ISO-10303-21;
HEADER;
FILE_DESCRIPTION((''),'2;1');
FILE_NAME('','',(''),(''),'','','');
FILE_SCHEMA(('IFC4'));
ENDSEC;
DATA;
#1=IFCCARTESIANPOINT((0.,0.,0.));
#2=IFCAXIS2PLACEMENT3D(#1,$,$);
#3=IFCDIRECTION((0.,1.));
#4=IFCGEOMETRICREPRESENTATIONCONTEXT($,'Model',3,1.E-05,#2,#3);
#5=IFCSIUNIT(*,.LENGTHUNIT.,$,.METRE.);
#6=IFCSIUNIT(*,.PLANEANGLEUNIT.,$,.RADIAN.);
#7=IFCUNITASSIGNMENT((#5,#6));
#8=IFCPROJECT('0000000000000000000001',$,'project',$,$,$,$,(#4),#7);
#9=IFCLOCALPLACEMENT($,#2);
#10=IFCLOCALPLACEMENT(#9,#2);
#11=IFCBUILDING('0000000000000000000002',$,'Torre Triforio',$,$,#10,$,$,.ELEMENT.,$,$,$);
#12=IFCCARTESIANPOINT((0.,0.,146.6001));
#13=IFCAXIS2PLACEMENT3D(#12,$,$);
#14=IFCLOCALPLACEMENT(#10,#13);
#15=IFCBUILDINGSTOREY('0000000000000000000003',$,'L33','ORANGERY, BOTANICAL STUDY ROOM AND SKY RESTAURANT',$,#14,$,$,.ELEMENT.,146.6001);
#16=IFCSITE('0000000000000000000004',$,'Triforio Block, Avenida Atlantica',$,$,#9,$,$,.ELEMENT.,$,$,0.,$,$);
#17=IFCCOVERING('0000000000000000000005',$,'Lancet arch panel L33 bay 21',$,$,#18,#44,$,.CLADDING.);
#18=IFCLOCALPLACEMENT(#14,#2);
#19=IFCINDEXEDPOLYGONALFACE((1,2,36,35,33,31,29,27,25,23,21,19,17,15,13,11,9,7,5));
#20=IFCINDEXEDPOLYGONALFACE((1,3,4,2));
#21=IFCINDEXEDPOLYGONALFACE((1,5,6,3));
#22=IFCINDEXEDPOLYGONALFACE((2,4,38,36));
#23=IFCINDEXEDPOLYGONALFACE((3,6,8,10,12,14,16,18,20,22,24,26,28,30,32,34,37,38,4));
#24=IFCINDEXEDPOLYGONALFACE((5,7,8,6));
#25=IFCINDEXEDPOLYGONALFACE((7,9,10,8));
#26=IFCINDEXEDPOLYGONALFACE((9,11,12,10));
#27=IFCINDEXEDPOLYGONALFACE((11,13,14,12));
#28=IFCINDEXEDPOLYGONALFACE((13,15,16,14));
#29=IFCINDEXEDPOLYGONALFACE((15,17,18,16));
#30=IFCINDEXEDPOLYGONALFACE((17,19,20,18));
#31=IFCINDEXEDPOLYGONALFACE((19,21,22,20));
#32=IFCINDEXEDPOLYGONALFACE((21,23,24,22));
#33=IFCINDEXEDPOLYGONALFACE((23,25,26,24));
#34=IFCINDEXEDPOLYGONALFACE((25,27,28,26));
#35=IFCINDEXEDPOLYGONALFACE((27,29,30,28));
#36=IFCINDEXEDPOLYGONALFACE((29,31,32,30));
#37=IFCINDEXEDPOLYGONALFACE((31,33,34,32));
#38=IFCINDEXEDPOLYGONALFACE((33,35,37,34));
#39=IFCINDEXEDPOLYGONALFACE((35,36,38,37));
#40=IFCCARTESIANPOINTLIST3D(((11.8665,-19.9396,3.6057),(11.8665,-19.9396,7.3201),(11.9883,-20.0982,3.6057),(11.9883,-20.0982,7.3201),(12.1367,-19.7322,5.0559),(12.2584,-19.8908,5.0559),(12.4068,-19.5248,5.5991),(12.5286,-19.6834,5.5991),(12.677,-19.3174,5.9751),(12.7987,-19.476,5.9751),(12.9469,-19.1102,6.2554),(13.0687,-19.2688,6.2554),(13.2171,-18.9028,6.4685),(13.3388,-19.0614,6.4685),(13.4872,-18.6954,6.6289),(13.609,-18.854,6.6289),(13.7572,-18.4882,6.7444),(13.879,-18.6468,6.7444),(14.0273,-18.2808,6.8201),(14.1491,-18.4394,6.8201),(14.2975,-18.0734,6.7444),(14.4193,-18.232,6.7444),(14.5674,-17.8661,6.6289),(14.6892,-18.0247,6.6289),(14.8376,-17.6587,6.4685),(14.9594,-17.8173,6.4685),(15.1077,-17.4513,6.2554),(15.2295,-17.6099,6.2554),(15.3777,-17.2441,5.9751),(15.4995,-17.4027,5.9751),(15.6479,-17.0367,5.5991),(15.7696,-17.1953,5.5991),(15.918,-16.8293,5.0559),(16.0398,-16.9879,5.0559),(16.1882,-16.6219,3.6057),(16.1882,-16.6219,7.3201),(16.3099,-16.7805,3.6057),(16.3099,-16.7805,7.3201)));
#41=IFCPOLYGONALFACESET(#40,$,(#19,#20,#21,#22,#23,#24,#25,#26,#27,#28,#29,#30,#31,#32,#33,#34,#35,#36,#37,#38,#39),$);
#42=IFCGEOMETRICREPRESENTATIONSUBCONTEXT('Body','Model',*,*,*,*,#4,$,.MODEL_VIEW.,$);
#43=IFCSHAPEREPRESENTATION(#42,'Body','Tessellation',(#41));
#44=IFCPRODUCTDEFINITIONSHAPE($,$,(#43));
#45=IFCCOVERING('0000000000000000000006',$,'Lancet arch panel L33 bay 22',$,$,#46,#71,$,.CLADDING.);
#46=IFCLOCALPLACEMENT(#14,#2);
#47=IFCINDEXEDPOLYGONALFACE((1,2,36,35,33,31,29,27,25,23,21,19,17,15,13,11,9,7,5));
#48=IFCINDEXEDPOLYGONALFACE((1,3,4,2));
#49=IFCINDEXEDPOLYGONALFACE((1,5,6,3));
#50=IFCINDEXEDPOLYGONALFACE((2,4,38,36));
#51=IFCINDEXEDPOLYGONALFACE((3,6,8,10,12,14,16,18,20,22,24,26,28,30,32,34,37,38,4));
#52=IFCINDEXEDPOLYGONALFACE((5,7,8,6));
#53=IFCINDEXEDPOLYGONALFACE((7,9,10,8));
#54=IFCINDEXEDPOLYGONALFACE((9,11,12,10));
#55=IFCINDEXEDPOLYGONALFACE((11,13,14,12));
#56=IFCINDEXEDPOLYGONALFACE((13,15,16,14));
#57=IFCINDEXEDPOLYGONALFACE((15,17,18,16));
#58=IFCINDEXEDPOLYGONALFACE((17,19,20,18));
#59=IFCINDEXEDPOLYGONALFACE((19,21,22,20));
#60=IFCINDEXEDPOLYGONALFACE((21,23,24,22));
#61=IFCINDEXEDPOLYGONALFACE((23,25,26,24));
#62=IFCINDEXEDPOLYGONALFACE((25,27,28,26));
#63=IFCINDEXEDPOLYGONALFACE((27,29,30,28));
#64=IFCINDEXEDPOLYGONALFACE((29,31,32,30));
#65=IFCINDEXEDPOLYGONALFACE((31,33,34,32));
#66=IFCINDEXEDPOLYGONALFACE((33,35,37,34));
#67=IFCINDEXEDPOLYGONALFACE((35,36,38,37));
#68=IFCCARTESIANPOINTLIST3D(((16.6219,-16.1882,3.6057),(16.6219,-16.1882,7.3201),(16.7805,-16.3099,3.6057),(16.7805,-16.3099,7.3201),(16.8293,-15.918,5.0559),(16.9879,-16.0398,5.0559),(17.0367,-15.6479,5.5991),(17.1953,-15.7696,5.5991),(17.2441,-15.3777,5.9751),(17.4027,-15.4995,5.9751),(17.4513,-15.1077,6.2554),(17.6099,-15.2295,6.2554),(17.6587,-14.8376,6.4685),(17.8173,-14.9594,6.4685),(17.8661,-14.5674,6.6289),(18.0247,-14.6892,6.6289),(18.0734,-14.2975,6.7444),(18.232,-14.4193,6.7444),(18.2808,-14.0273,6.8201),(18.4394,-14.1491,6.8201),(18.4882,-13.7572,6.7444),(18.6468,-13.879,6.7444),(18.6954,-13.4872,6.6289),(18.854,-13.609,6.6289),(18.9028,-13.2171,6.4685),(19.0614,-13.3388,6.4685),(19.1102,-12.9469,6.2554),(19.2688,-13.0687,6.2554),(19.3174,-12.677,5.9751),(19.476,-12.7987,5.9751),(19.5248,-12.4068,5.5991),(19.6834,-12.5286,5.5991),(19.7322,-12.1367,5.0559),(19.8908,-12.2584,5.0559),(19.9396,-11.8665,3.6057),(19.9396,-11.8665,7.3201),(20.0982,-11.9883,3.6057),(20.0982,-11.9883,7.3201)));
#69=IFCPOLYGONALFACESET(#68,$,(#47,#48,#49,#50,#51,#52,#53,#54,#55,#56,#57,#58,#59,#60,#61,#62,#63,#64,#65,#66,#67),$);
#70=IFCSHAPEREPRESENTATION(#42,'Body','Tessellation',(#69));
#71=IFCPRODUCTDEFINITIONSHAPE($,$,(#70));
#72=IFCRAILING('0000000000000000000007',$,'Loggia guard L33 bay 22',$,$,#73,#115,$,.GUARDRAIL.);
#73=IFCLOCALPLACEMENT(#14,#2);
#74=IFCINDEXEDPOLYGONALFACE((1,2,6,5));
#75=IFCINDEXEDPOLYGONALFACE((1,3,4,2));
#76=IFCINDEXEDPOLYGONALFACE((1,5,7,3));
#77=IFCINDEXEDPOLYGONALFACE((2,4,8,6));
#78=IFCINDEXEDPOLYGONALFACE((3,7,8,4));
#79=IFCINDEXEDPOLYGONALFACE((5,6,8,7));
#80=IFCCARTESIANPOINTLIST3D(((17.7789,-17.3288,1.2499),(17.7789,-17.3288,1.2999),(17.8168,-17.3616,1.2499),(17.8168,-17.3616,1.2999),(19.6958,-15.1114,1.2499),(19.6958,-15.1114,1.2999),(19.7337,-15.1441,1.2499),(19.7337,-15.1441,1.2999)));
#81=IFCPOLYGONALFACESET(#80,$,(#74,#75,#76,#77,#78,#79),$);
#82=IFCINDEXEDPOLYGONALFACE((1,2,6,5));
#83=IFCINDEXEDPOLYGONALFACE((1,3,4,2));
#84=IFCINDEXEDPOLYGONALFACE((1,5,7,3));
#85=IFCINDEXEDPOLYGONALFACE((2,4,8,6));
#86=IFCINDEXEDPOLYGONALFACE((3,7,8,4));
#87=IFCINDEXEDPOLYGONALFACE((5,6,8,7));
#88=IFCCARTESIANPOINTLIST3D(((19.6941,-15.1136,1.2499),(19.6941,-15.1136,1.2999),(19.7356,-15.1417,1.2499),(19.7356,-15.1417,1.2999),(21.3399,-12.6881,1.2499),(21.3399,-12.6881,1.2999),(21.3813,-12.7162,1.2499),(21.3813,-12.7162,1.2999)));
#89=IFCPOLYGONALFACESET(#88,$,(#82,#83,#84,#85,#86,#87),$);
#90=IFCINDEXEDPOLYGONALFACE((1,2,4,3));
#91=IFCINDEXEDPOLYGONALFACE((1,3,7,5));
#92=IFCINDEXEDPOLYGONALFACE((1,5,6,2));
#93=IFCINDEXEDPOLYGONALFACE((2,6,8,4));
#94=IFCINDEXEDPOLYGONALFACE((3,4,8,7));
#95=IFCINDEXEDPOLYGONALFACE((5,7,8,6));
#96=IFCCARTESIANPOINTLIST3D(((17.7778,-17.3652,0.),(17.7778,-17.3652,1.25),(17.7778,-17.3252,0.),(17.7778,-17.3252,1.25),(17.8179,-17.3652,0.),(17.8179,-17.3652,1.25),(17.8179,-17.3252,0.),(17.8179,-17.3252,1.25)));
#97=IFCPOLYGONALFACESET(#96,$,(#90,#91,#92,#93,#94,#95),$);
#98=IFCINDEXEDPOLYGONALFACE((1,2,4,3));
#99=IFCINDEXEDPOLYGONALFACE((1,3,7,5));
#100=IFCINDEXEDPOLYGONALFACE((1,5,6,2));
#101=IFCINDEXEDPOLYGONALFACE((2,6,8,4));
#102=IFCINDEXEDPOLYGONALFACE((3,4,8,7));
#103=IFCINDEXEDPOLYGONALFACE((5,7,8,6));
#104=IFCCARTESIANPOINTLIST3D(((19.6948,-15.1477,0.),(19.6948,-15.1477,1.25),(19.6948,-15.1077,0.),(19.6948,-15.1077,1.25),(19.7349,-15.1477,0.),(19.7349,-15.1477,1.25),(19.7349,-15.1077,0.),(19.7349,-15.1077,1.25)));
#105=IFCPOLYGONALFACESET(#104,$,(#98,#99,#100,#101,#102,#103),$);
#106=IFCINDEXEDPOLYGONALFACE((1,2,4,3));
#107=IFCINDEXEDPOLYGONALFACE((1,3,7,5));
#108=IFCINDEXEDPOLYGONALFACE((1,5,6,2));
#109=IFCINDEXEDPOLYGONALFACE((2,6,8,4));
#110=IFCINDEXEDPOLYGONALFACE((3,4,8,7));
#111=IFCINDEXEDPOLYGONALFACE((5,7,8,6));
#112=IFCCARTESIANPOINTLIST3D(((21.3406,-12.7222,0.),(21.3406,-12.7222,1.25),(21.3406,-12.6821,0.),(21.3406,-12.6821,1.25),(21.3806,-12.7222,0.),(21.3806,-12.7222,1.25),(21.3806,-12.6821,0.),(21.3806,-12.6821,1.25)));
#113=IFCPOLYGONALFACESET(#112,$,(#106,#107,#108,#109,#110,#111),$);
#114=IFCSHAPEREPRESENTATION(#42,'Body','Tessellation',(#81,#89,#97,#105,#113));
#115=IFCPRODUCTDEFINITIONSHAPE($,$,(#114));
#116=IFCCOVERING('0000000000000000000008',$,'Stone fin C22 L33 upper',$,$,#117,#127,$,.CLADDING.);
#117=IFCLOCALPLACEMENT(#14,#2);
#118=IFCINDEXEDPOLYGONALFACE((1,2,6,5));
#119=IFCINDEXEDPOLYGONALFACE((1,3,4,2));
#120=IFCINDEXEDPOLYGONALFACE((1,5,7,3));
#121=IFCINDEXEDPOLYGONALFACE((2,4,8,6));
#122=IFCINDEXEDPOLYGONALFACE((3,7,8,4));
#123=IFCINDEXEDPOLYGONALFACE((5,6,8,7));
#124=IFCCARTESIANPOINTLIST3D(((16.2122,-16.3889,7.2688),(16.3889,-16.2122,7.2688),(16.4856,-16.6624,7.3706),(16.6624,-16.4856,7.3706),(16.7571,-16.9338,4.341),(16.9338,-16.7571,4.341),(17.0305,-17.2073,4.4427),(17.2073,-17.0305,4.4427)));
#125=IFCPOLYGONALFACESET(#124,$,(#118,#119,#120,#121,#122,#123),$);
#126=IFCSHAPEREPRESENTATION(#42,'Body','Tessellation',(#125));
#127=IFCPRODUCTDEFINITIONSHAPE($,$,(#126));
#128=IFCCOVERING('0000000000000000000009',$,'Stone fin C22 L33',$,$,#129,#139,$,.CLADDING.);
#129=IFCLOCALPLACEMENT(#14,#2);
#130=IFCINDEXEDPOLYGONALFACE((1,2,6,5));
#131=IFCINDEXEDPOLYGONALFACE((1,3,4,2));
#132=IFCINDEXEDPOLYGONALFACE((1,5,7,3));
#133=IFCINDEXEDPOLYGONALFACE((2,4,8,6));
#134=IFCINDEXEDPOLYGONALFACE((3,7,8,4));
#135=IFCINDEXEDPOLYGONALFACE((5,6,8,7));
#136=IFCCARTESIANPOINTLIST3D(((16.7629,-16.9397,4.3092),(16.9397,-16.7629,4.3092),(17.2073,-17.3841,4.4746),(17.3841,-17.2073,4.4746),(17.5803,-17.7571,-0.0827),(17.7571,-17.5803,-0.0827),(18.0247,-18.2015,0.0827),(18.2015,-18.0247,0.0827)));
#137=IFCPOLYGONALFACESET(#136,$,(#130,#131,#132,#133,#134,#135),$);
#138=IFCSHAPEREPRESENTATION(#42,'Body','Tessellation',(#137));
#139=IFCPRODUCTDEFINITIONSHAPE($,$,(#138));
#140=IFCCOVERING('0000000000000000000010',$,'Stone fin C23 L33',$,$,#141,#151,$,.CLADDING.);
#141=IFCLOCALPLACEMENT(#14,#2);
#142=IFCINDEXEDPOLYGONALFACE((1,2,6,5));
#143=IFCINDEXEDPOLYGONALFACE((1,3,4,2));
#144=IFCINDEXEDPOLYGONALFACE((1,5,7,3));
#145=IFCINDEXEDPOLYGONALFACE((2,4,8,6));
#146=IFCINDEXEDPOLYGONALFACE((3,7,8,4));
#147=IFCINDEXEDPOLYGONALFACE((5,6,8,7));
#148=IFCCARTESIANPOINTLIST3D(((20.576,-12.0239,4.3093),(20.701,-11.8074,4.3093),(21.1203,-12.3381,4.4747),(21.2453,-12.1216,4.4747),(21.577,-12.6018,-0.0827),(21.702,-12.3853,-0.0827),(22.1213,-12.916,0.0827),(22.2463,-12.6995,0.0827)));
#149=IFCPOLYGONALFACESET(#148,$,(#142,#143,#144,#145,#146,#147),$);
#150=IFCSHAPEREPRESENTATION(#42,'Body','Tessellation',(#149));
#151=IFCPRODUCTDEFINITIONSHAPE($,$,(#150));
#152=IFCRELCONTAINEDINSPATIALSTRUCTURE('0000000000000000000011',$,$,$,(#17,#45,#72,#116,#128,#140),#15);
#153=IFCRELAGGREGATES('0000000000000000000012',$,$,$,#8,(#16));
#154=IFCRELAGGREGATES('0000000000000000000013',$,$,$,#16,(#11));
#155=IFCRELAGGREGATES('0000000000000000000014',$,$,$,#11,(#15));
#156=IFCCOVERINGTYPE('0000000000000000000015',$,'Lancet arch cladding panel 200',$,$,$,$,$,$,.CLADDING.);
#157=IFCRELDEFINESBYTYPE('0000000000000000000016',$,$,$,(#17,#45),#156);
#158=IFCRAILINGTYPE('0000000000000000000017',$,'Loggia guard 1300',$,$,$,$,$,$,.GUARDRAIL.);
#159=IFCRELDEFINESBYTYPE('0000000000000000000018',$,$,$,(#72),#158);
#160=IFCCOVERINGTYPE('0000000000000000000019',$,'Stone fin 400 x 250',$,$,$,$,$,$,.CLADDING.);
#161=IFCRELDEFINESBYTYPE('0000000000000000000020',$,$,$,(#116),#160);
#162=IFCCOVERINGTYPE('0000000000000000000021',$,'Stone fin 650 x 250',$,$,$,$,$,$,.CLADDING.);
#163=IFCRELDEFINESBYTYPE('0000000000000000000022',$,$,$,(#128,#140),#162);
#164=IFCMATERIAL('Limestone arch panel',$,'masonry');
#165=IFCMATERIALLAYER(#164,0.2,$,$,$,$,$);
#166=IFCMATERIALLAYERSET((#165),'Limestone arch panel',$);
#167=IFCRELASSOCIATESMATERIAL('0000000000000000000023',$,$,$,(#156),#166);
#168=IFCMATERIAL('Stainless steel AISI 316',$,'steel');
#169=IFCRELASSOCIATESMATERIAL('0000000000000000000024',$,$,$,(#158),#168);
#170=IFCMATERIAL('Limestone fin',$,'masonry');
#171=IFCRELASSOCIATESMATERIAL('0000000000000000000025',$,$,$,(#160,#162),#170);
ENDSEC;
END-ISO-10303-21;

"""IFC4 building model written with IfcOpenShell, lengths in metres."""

from ifc_helpers import new_model, si_unit, direction, frame, origin, origin_2d, place, context, subcontext, project, spatial, polyline, rectangle, outline, extrude, material, layer, layer_set, material_profile, profile_set, type_object, element, save


model = new_model("IFC4")

# Units and contexts
model_context = context("Model", 3, precision=1e-05, world=origin(), true_north=direction((0.0, 1.0)))
body_context = subcontext(model_context, "Body", "Model", "MODEL_VIEW")
ifc_project = project(units=[si_unit("LENGTHUNIT", "METRE"), si_unit("PLANEANGLEUNIT", "RADIAN")], contexts=[model_context])

# Site, building, storey
site_placement = place(None, origin())
site = spatial("IfcSite", under=ifc_project, at=site_placement, Name="Triforio Block, Avenida Atlantica", CompositionType="ELEMENT", RefElevation=0.0)
building_placement = place(site_placement, origin())
building = spatial("IfcBuilding", under=site, at=building_placement, Name="Torre Triforio", CompositionType="ELEMENT")
storey_placement = place(building_placement, frame((0.0, 0.0, 146.6001)))
storey = spatial("IfcBuildingStorey", under=building, at=storey_placement, Name="L33", Description="ORANGERY, BOTANICAL STUDY ROOM AND SKY RESTAURANT", CompositionType="ELEMENT", Elevation=146.6001)

# Coverings
ifc_material_1 = material(Name="Limestone arch panel", Category="masonry")
ifc_layer_1 = layer(ifc_material_1, 0.2)
ifc_layer_set_1 = layer_set([ifc_layer_1], Name="Limestone arch panel")
covering_type_1 = type_object("IfcCoveringType", Name="Lancet arch cladding panel 200", PredefinedType="CLADDING", material=ifc_layer_set_1)
for number, where, z_axis, x_axis, name in (
    (1, (14.0273, -18.2808, 0.0), (0.608944, -0.793213, 0.0), (0.793213, 0.608944, 0.0), "Lancet arch panel L33 bay 21"),
    (2, (18.2808, -14.0273, 0.0), (0.793213, -0.608944, 0.0), (0.608944, 0.793213, 0.0), "Lancet arch panel L33 bay 22"),
):
    element("IfcCovering", number, at=place(storey_placement, frame(where, z_axis=z_axis, x_axis=x_axis)), inside=storey, type_object=covering_type_1, Name=name, PredefinedType="CLADDING", context=body_context, shape_type="SweptSolid", body=[
        extrude(outline(polyline([(-2.7241, 7.3201), (-2.7241, 3.6057), (-2.3835, 5.0559), (-2.043, 5.5991), (-1.7024, 5.9751), (-1.3621, 6.2554), (-1.0215, 6.4685), (-0.6809, 6.6289), (-0.3406, 6.7444), (0.0, 6.8201), (0.3406, 6.7444), (0.6809, 6.6289), (1.0215, 6.4685), (1.3621, 6.2554), (1.7024, 5.9751), (2.043, 5.5991), (2.3835, 5.0559), (2.7241, 3.6057), (2.7241, 7.3201), (-2.7241, 7.3201)])), origin(), (0.0, 0.0, 1.0), 0.2),
    ])

# Railing
ifc_material_2 = material(Name="Stainless steel AISI 316", Category="steel")
railing_type = type_object("IfcRailingType", Name="Loggia guard 1300", PredefinedType="GUARDRAIL", material=ifc_material_2)
railing_placement = place(storey_placement, frame((17.7979, -17.3452, 0.0)))
element("IfcRailing", 3, at=railing_placement, inside=storey, type_object=railing_type, Name="Loggia guard L33 bay 22", PredefinedType="GUARDRAIL", context=body_context, shape_type="SweptSolid", body=[
    extrude(rectangle(XDim=0.05, YDim=0.05, at=origin_2d()), frame((0.0, 0.0, 1.2749), z_axis=(0.653982, 0.75651, 0.0), x_axis=(-0.75651, 0.653982, 0.0)), (0.0, 0.0, 1.0), 2.9312),
    extrude(rectangle(XDim=0.05, YDim=0.05, at=origin_2d()), frame((1.917, 2.2175, 1.2749), z_axis=(0.561467, 0.827499, 0.0), x_axis=(-0.827499, 0.561467, 0.0)), (0.0, 0.0, 1.0), 2.9312),
    extrude(rectangle(XDim=0.04, YDim=0.04, at=origin_2d()), origin(), (0.0, 0.0, 1.0), 1.25),
    extrude(rectangle(XDim=0.04, YDim=0.04, at=origin_2d()), frame((1.917, 2.2175, 0.0)), (0.0, 0.0, 1.0), 1.25),
    extrude(rectangle(XDim=0.04, YDim=0.04, at=origin_2d()), frame((3.5627, 4.6431, 0.0)), (0.0, 0.0, 1.0), 1.25),
])

# Coverings
ifc_material_3 = material(Name="Limestone fin", Category="masonry")
ifc_material_profile_1 = material_profile(ifc_material_3, rectangle(XDim=0.3999, YDim=0.25, at=origin_2d()), Name="FIN 400x250")
ifc_profile_set_1 = profile_set([ifc_material_profile_1], Name="Limestone fin")
covering_type_2 = type_object("IfcCoveringType", Name="Stone fin 400 x 250", PredefinedType="CLADDING", material=ifc_profile_set_1)
covering_placement = place(storey_placement, frame((16.9822, -16.9822, 4.3918), z_axis=(-0.179979, 0.179979, 0.967065), x_axis=(0.683818, -0.683818, 0.254529)))
element("IfcCovering", 4, at=covering_placement, inside=storey, type_object=covering_type_2, Name="Stone fin C22 L33 upper", PredefinedType="CLADDING", context=body_context, shape_type="SweptSolid", body=[
    extrude(rectangle(XDim=0.3999, YDim=0.25, at=origin_2d()), origin(), (0.0, 0.0, 1.0), 3.0276),
])
ifc_material_profile_2 = material_profile(ifc_material_3, rectangle(XDim=0.6499, YDim=0.25, at=origin_2d()), Name="FIN 650x250")
ifc_profile_set_2 = profile_set([ifc_material_profile_2], Name="Limestone fin")
covering_type_3 = type_object("IfcCoveringType", Name="Stone fin 650 x 250", PredefinedType="CLADDING", material=ifc_profile_set_2)
for number, where, z_axis, x_axis, name in (
    (5, (17.8909, -17.8909, 0.0), (-0.179984, 0.179984, 0.967063), (0.683817, -0.683817, 0.254536), "Stone fin C22 L33"),
    (6, (21.9116, -12.6506, 0.0), (-0.220412, 0.127248, 0.967071), (0.83752, -0.483515, 0.254506), "Stone fin C23 L33"),
):
    element("IfcCovering", number, at=place(storey_placement, frame(where, z_axis=z_axis, x_axis=x_axis)), inside=storey, type_object=covering_type_3, Name=name, PredefinedType="CLADDING", context=body_context, shape_type="SweptSolid", body=[
        extrude(rectangle(XDim=0.6499, YDim=0.25, at=origin_2d()), origin(), (0.0, 0.0, 1.0), 4.5415),
    ])

save(model, "model.ifc")
